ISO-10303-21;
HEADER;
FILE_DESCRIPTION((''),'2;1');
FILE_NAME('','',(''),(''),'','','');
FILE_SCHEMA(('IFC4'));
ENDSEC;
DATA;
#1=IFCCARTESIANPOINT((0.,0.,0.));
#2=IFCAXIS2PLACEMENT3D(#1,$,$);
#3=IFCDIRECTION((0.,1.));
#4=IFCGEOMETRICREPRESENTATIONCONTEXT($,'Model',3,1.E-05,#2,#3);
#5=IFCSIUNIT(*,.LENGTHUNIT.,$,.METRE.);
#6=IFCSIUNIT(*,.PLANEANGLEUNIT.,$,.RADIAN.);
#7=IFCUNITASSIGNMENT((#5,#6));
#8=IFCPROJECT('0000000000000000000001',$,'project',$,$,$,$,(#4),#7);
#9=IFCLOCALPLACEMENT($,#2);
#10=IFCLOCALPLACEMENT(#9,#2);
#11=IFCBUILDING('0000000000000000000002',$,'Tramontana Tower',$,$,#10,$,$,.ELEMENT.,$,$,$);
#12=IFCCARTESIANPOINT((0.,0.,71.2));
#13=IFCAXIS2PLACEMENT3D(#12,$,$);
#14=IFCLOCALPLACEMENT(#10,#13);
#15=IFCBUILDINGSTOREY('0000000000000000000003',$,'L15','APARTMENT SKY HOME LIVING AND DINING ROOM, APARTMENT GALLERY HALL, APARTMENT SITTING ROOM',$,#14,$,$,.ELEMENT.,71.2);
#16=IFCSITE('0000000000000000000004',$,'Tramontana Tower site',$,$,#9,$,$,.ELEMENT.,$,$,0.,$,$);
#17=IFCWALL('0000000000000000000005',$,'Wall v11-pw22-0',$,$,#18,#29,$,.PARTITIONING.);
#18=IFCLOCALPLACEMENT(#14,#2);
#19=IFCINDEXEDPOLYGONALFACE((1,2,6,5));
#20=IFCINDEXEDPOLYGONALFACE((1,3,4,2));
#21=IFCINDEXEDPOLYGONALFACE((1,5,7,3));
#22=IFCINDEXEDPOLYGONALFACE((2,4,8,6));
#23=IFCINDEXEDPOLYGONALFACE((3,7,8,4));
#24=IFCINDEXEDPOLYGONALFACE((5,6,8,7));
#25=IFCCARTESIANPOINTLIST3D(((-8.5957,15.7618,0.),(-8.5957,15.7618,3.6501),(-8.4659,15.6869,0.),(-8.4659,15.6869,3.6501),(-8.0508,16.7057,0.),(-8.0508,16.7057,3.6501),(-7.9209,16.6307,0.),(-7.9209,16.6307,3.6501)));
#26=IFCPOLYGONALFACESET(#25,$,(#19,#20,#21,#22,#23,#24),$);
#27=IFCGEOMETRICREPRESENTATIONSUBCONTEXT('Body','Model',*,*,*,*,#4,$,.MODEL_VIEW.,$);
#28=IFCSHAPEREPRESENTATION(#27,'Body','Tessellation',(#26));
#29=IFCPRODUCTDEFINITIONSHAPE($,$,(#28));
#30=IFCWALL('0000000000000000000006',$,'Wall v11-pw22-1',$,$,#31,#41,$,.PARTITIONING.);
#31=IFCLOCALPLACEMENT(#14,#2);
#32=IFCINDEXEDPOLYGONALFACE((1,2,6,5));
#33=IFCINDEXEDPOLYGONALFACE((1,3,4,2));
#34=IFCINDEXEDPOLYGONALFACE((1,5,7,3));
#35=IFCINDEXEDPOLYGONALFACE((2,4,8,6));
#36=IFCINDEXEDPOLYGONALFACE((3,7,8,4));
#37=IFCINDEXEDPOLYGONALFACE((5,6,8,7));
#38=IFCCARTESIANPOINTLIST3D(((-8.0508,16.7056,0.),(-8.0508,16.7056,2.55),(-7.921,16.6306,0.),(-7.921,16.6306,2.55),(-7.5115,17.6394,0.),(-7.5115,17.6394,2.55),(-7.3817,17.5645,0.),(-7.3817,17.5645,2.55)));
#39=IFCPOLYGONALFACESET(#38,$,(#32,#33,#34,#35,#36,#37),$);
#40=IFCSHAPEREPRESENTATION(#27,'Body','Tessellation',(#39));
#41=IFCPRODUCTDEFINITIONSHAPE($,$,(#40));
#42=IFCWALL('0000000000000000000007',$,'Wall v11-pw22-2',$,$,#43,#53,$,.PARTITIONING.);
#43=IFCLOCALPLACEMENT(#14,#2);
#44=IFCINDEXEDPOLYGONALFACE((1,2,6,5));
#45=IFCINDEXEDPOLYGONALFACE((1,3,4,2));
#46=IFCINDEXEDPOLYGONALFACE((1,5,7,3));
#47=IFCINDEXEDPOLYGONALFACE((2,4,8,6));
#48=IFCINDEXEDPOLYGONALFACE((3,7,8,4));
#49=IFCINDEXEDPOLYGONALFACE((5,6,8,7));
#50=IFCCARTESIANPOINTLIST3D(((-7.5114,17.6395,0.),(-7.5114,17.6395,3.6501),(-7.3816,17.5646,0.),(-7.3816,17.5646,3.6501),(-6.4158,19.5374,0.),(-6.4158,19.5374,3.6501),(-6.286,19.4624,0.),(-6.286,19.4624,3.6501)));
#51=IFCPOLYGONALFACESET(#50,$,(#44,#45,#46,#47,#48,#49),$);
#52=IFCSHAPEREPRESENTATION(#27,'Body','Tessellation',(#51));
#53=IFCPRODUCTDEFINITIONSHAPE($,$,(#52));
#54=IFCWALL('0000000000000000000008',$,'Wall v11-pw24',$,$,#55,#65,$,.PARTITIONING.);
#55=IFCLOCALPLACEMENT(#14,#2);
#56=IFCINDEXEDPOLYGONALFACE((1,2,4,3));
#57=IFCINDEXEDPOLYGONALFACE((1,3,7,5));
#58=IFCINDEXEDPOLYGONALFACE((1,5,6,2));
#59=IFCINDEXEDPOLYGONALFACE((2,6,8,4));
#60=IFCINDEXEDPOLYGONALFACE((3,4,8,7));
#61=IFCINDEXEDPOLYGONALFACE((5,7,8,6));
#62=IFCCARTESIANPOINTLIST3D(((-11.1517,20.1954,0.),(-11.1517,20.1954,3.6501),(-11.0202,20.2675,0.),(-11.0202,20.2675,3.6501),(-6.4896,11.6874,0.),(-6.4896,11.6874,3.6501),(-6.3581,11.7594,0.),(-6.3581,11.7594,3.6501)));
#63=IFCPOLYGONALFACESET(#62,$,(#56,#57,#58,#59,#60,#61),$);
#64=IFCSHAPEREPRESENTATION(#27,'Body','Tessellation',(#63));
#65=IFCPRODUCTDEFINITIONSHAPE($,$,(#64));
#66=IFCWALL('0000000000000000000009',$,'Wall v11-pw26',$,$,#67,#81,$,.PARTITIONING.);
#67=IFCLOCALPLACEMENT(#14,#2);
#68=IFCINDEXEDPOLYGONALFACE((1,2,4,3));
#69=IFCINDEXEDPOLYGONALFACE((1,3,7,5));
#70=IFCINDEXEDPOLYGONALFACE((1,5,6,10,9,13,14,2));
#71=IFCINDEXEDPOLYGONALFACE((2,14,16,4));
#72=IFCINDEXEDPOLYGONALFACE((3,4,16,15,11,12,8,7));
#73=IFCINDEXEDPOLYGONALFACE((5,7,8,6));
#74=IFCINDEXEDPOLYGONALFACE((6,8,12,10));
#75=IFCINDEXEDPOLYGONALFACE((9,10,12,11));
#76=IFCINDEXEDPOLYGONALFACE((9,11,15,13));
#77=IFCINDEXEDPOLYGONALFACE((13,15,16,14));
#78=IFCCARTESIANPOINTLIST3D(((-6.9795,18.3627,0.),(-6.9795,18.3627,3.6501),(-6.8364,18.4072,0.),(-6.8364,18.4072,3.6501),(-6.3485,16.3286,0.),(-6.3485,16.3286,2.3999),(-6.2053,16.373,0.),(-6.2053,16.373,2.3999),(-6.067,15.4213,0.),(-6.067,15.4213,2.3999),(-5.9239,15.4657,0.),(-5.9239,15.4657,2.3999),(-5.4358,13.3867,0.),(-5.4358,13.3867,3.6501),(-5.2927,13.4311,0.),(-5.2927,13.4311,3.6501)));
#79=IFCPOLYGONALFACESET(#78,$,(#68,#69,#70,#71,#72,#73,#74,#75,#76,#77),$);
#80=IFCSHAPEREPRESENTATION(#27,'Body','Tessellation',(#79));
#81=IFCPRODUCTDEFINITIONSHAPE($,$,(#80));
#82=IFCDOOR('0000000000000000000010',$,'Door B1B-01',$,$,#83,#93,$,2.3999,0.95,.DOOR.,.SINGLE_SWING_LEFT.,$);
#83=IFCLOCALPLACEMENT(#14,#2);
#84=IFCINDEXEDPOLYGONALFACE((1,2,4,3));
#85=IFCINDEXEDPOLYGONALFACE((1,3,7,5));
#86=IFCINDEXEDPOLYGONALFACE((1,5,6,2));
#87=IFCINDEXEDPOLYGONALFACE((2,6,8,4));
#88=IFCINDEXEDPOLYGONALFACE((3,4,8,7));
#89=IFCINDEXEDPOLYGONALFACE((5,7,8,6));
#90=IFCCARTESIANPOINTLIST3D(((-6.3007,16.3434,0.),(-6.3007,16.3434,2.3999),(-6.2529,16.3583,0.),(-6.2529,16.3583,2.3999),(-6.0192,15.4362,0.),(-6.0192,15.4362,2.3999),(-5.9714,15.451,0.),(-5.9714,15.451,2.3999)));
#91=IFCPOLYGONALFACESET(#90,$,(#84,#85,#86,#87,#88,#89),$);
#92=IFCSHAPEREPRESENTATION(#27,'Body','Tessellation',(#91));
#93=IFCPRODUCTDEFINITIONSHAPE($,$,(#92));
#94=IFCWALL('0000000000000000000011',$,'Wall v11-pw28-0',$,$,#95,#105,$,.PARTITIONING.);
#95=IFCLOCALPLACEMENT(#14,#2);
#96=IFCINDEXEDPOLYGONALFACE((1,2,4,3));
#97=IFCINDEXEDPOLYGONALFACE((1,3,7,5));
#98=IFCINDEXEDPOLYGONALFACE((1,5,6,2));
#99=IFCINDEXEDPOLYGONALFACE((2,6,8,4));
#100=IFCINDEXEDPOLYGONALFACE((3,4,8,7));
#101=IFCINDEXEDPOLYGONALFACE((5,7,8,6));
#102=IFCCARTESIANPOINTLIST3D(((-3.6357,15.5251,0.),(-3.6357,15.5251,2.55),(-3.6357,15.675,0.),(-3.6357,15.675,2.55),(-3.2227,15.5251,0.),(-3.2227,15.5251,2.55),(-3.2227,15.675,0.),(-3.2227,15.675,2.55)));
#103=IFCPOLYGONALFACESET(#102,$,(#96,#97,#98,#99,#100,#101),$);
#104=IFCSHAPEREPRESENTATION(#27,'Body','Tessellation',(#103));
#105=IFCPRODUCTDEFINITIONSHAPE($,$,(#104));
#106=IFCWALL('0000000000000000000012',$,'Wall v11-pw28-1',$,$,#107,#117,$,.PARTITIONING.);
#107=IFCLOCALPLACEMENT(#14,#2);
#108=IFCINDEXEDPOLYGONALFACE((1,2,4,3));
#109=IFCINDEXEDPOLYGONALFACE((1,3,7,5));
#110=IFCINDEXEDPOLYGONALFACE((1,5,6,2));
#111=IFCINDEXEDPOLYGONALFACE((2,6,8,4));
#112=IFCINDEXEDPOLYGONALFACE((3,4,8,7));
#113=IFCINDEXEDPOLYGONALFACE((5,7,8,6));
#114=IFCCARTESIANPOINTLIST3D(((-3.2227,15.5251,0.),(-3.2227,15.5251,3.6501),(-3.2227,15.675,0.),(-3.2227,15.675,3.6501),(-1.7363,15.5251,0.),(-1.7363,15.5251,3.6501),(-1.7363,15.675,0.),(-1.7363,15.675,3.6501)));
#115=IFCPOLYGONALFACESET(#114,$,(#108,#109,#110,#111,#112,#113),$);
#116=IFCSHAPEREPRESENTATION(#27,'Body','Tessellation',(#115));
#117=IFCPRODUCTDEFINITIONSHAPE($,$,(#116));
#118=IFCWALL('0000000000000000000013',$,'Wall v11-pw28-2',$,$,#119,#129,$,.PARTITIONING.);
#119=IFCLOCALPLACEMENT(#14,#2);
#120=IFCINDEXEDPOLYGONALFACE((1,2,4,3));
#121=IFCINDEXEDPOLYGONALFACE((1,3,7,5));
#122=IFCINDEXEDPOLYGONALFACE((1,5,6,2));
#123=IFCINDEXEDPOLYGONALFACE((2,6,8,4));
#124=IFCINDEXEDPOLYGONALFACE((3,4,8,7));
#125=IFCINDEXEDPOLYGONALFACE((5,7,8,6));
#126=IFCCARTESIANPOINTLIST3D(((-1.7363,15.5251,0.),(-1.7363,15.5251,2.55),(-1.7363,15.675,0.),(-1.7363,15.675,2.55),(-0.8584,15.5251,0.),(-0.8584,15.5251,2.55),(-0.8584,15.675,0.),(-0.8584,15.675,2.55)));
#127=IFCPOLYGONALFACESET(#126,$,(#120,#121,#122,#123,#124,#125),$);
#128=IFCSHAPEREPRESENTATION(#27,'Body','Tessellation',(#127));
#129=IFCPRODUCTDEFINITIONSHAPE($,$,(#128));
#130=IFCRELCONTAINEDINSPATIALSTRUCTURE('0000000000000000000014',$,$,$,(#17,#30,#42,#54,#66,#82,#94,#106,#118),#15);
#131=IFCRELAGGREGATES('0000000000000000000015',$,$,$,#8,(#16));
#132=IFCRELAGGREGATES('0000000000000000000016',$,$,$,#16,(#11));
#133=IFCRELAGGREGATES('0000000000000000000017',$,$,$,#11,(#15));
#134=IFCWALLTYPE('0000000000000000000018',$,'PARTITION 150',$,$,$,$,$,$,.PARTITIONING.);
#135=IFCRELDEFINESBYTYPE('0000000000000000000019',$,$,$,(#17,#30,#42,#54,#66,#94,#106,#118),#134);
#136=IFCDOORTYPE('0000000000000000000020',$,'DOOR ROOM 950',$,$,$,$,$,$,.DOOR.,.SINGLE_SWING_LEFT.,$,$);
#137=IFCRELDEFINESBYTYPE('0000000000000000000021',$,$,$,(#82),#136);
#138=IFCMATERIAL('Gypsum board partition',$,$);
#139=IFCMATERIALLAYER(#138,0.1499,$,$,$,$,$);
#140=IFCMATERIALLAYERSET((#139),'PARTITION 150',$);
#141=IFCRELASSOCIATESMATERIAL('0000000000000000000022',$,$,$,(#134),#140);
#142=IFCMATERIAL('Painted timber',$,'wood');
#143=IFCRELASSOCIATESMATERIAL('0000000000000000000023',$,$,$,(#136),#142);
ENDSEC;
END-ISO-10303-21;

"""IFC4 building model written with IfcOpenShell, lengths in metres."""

from ifc_helpers import new_model, si_unit, direction, frame, frame_2d, origin, place, context, subcontext, project, spatial, rectangle, extrude, material, layer, layer_set, type_object, element, fill, save


model = new_model("IFC4")

# Units and contexts
model_context = context("Model", 3, precision=1e-05, world=origin(), true_north=direction((0.0, 1.0)))
body_context = subcontext(model_context, "Body", "Model", "MODEL_VIEW")
ifc_project = project(units=[si_unit("LENGTHUNIT", "METRE"), si_unit("PLANEANGLEUNIT", "RADIAN")], contexts=[model_context])

# Site, building, storey
site_placement = place(None, origin())
site = spatial("IfcSite", under=ifc_project, at=site_placement, Name="Tramontana Tower site", CompositionType="ELEMENT", RefElevation=0.0)
building_placement = place(site_placement, origin())
building = spatial("IfcBuilding", under=site, at=building_placement, Name="Tramontana Tower", CompositionType="ELEMENT")
storey_placement = place(building_placement, frame((0.0, 0.0, 71.2)))
storey = spatial("IfcBuildingStorey", under=building, at=storey_placement, Name="L15", Description="APARTMENT SKY HOME LIVING AND DINING ROOM, APARTMENT GALLERY HALL, APARTMENT SITTING ROOM", CompositionType="ELEMENT", Elevation=71.2)

# Walls
ifc_material_1 = material(Name="Gypsum board partition")
ifc_layer_1 = layer(ifc_material_1, 0.1499)
ifc_layer_set_1 = layer_set([ifc_layer_1], Name="PARTITION 150")
wall_type_1 = type_object("IfcWallType", Name="PARTITION 150", PredefinedType="PARTITIONING", material=ifc_layer_set_1)
wall_1_placement = place(storey_placement, frame((-8.5308, 15.7244, 0.0), z_axis=(0.0, 0.0, 1.0), x_axis=(0.499994, 0.866029, 0.0)))
element("IfcWall", 1, at=wall_1_placement, inside=storey, type_object=wall_type_1, Name="Wall v11-pw22-0", PredefinedType="PARTITIONING", context=body_context, shape_type="SweptSolid", body=[
    extrude(rectangle(XDim=1.0898, YDim=0.1499, at=frame_2d((0.5449, 0.0))), origin(), (0.0, 0.0, 1.0), 3.6501),
])
wall_2_placement = place(storey_placement, frame((-7.9858, 16.6682, 0.0), z_axis=(0.0, 0.0, 1.0), x_axis=(0.500108, 0.865963, 0.0)))
element("IfcWall", 2, at=wall_2_placement, inside=storey, type_object=wall_type_1, Name="Wall v11-pw22-1", PredefinedType="PARTITIONING", context=body_context, shape_type="SweptSolid", body=[
    extrude(rectangle(XDim=1.0784, YDim=0.1499, at=frame_2d((0.5391, 0.0))), origin(), (0.0, 0.0, 1.0), 2.55),
])
wall_3_placement = place(storey_placement, frame((-7.4465, 17.6021, 0.0), z_axis=(0.0, 0.0, 1.0), x_axis=(0.499973, 0.866041, 0.0)))
element("IfcWall", 3, at=wall_3_placement, inside=storey, type_object=wall_type_1, Name="Wall v11-pw22-2", PredefinedType="PARTITIONING", context=body_context, shape_type="SweptSolid", body=[
    extrude(rectangle(XDim=2.1914, YDim=0.1499, at=frame_2d((1.0957, 0.0))), origin(), (0.0, 0.0, 1.0), 3.6501),
])
wall_4_placement = place(storey_placement, frame((-6.4238, 11.7234, 0.0), z_axis=(0.0, 0.0, 1.0), x_axis=(-0.480547, 0.876969, 0.0)))
element("IfcWall", 4, at=wall_4_placement, inside=storey, type_object=wall_type_1, Name="Wall v11-pw24", PredefinedType="PARTITIONING", context=body_context, shape_type="SweptSolid", body=[
    extrude(rectangle(XDim=9.7017, YDim=0.1499, at=frame_2d((4.8508, 0.0))), origin(), (0.0, 0.0, 1.0), 3.6501),
])

# Wall, opening, door
wall_5_placement = place(storey_placement, frame((-5.3643, 13.4089, 0.0), z_axis=(0.0, 0.0, 1.0), x_axis=(-0.296295, 0.955097, 0.0)))
wall_5 = element("IfcWall", 5, at=wall_5_placement, inside=storey, type_object=wall_type_1, Name="Wall v11-pw26", PredefinedType="PARTITIONING", context=body_context, shape_type="SweptSolid", body=[
    extrude(rectangle(XDim=5.21, YDim=0.1499, at=frame_2d((2.605, 0.0))), origin(), (0.0, 0.0, 1.0), 3.6501),
])
opening_1_placement = place(wall_5_placement, frame((2.1301, 0.0, 0.0)))
opening_1 = element("IfcOpeningElement", 6, at=opening_1_placement, cuts=wall_5, PredefinedType="OPENING", context=body_context, shape_type="SweptSolid", body=[
    extrude(rectangle(XDim=0.95, YDim=2.3999, at=frame_2d((0.4751, 1.2))), frame((0.0, 0.085, 0.0), z_axis=(0.0, -1.0, 0.0), x_axis=(1.0, 0.0, 0.0)), (0.0, 0.0, 1.0), 0.1699),
])
ifc_material_2 = material(Name="Painted timber", Category="wood")
door_type_1 = type_object("IfcDoorType", Name="DOOR ROOM 950", OperationType="SINGLE_SWING_LEFT", PredefinedType="DOOR", material=ifc_material_2)
door_1_placement = place(opening_1_placement, origin())
door_1 = element("IfcDoor", 7, at=door_1_placement, inside=storey, type_object=door_type_1, Name="Door B1B-01", OperationType="SINGLE_SWING_LEFT", OverallHeight=2.3999, OverallWidth=0.95, PredefinedType="DOOR", context=body_context, shape_type="SweptSolid", body=[
    extrude(rectangle(XDim=0.95, YDim=2.3999, at=frame_2d((0.4751, 1.2))), frame((0.0, 0.0249, 0.0), z_axis=(0.0, -1.0, 0.0), x_axis=(1.0, 0.0, 0.0)), (0.0, 0.0, 1.0), 0.05),
])
fill(opening_1, door_1)

# Walls
wall_6_placement = place(storey_placement, frame((-3.6357, 15.6001, 0.0), z_axis=(0.0, 0.0, 1.0), x_axis=(1.0, 0.0, 0.0)))
element("IfcWall", 8, at=wall_6_placement, inside=storey, type_object=wall_type_1, Name="Wall v11-pw28-0", PredefinedType="PARTITIONING", context=body_context, shape_type="SweptSolid", body=[
    extrude(rectangle(XDim=0.4131, YDim=0.1499, at=frame_2d((0.2065, 0.0))), origin(), (0.0, 0.0, 1.0), 2.55),
])
wall_7_placement = place(storey_placement, frame((-3.2227, 15.6001, 0.0), z_axis=(0.0, 0.0, 1.0), x_axis=(1.0, 0.0, 0.0)))
element("IfcWall", 9, at=wall_7_placement, inside=storey, type_object=wall_type_1, Name="Wall v11-pw28-1", PredefinedType="PARTITIONING", context=body_context, shape_type="SweptSolid", body=[
    extrude(rectangle(XDim=1.4863, YDim=0.1499, at=frame_2d((0.7432, 0.0))), origin(), (0.0, 0.0, 1.0), 3.6501),
])
wall_8_placement = place(storey_placement, frame((-1.7363, 15.6001, 0.0), z_axis=(0.0, 0.0, 1.0), x_axis=(1.0, 0.0, 0.0)))
element("IfcWall", 10, at=wall_8_placement, inside=storey, type_object=wall_type_1, Name="Wall v11-pw28-2", PredefinedType="PARTITIONING", context=body_context, shape_type="SweptSolid", body=[
    extrude(rectangle(XDim=0.8779, YDim=0.1499, at=frame_2d((0.439, 0.0))), origin(), (0.0, 0.0, 1.0), 2.55),
])

save(model, "model.ifc")
